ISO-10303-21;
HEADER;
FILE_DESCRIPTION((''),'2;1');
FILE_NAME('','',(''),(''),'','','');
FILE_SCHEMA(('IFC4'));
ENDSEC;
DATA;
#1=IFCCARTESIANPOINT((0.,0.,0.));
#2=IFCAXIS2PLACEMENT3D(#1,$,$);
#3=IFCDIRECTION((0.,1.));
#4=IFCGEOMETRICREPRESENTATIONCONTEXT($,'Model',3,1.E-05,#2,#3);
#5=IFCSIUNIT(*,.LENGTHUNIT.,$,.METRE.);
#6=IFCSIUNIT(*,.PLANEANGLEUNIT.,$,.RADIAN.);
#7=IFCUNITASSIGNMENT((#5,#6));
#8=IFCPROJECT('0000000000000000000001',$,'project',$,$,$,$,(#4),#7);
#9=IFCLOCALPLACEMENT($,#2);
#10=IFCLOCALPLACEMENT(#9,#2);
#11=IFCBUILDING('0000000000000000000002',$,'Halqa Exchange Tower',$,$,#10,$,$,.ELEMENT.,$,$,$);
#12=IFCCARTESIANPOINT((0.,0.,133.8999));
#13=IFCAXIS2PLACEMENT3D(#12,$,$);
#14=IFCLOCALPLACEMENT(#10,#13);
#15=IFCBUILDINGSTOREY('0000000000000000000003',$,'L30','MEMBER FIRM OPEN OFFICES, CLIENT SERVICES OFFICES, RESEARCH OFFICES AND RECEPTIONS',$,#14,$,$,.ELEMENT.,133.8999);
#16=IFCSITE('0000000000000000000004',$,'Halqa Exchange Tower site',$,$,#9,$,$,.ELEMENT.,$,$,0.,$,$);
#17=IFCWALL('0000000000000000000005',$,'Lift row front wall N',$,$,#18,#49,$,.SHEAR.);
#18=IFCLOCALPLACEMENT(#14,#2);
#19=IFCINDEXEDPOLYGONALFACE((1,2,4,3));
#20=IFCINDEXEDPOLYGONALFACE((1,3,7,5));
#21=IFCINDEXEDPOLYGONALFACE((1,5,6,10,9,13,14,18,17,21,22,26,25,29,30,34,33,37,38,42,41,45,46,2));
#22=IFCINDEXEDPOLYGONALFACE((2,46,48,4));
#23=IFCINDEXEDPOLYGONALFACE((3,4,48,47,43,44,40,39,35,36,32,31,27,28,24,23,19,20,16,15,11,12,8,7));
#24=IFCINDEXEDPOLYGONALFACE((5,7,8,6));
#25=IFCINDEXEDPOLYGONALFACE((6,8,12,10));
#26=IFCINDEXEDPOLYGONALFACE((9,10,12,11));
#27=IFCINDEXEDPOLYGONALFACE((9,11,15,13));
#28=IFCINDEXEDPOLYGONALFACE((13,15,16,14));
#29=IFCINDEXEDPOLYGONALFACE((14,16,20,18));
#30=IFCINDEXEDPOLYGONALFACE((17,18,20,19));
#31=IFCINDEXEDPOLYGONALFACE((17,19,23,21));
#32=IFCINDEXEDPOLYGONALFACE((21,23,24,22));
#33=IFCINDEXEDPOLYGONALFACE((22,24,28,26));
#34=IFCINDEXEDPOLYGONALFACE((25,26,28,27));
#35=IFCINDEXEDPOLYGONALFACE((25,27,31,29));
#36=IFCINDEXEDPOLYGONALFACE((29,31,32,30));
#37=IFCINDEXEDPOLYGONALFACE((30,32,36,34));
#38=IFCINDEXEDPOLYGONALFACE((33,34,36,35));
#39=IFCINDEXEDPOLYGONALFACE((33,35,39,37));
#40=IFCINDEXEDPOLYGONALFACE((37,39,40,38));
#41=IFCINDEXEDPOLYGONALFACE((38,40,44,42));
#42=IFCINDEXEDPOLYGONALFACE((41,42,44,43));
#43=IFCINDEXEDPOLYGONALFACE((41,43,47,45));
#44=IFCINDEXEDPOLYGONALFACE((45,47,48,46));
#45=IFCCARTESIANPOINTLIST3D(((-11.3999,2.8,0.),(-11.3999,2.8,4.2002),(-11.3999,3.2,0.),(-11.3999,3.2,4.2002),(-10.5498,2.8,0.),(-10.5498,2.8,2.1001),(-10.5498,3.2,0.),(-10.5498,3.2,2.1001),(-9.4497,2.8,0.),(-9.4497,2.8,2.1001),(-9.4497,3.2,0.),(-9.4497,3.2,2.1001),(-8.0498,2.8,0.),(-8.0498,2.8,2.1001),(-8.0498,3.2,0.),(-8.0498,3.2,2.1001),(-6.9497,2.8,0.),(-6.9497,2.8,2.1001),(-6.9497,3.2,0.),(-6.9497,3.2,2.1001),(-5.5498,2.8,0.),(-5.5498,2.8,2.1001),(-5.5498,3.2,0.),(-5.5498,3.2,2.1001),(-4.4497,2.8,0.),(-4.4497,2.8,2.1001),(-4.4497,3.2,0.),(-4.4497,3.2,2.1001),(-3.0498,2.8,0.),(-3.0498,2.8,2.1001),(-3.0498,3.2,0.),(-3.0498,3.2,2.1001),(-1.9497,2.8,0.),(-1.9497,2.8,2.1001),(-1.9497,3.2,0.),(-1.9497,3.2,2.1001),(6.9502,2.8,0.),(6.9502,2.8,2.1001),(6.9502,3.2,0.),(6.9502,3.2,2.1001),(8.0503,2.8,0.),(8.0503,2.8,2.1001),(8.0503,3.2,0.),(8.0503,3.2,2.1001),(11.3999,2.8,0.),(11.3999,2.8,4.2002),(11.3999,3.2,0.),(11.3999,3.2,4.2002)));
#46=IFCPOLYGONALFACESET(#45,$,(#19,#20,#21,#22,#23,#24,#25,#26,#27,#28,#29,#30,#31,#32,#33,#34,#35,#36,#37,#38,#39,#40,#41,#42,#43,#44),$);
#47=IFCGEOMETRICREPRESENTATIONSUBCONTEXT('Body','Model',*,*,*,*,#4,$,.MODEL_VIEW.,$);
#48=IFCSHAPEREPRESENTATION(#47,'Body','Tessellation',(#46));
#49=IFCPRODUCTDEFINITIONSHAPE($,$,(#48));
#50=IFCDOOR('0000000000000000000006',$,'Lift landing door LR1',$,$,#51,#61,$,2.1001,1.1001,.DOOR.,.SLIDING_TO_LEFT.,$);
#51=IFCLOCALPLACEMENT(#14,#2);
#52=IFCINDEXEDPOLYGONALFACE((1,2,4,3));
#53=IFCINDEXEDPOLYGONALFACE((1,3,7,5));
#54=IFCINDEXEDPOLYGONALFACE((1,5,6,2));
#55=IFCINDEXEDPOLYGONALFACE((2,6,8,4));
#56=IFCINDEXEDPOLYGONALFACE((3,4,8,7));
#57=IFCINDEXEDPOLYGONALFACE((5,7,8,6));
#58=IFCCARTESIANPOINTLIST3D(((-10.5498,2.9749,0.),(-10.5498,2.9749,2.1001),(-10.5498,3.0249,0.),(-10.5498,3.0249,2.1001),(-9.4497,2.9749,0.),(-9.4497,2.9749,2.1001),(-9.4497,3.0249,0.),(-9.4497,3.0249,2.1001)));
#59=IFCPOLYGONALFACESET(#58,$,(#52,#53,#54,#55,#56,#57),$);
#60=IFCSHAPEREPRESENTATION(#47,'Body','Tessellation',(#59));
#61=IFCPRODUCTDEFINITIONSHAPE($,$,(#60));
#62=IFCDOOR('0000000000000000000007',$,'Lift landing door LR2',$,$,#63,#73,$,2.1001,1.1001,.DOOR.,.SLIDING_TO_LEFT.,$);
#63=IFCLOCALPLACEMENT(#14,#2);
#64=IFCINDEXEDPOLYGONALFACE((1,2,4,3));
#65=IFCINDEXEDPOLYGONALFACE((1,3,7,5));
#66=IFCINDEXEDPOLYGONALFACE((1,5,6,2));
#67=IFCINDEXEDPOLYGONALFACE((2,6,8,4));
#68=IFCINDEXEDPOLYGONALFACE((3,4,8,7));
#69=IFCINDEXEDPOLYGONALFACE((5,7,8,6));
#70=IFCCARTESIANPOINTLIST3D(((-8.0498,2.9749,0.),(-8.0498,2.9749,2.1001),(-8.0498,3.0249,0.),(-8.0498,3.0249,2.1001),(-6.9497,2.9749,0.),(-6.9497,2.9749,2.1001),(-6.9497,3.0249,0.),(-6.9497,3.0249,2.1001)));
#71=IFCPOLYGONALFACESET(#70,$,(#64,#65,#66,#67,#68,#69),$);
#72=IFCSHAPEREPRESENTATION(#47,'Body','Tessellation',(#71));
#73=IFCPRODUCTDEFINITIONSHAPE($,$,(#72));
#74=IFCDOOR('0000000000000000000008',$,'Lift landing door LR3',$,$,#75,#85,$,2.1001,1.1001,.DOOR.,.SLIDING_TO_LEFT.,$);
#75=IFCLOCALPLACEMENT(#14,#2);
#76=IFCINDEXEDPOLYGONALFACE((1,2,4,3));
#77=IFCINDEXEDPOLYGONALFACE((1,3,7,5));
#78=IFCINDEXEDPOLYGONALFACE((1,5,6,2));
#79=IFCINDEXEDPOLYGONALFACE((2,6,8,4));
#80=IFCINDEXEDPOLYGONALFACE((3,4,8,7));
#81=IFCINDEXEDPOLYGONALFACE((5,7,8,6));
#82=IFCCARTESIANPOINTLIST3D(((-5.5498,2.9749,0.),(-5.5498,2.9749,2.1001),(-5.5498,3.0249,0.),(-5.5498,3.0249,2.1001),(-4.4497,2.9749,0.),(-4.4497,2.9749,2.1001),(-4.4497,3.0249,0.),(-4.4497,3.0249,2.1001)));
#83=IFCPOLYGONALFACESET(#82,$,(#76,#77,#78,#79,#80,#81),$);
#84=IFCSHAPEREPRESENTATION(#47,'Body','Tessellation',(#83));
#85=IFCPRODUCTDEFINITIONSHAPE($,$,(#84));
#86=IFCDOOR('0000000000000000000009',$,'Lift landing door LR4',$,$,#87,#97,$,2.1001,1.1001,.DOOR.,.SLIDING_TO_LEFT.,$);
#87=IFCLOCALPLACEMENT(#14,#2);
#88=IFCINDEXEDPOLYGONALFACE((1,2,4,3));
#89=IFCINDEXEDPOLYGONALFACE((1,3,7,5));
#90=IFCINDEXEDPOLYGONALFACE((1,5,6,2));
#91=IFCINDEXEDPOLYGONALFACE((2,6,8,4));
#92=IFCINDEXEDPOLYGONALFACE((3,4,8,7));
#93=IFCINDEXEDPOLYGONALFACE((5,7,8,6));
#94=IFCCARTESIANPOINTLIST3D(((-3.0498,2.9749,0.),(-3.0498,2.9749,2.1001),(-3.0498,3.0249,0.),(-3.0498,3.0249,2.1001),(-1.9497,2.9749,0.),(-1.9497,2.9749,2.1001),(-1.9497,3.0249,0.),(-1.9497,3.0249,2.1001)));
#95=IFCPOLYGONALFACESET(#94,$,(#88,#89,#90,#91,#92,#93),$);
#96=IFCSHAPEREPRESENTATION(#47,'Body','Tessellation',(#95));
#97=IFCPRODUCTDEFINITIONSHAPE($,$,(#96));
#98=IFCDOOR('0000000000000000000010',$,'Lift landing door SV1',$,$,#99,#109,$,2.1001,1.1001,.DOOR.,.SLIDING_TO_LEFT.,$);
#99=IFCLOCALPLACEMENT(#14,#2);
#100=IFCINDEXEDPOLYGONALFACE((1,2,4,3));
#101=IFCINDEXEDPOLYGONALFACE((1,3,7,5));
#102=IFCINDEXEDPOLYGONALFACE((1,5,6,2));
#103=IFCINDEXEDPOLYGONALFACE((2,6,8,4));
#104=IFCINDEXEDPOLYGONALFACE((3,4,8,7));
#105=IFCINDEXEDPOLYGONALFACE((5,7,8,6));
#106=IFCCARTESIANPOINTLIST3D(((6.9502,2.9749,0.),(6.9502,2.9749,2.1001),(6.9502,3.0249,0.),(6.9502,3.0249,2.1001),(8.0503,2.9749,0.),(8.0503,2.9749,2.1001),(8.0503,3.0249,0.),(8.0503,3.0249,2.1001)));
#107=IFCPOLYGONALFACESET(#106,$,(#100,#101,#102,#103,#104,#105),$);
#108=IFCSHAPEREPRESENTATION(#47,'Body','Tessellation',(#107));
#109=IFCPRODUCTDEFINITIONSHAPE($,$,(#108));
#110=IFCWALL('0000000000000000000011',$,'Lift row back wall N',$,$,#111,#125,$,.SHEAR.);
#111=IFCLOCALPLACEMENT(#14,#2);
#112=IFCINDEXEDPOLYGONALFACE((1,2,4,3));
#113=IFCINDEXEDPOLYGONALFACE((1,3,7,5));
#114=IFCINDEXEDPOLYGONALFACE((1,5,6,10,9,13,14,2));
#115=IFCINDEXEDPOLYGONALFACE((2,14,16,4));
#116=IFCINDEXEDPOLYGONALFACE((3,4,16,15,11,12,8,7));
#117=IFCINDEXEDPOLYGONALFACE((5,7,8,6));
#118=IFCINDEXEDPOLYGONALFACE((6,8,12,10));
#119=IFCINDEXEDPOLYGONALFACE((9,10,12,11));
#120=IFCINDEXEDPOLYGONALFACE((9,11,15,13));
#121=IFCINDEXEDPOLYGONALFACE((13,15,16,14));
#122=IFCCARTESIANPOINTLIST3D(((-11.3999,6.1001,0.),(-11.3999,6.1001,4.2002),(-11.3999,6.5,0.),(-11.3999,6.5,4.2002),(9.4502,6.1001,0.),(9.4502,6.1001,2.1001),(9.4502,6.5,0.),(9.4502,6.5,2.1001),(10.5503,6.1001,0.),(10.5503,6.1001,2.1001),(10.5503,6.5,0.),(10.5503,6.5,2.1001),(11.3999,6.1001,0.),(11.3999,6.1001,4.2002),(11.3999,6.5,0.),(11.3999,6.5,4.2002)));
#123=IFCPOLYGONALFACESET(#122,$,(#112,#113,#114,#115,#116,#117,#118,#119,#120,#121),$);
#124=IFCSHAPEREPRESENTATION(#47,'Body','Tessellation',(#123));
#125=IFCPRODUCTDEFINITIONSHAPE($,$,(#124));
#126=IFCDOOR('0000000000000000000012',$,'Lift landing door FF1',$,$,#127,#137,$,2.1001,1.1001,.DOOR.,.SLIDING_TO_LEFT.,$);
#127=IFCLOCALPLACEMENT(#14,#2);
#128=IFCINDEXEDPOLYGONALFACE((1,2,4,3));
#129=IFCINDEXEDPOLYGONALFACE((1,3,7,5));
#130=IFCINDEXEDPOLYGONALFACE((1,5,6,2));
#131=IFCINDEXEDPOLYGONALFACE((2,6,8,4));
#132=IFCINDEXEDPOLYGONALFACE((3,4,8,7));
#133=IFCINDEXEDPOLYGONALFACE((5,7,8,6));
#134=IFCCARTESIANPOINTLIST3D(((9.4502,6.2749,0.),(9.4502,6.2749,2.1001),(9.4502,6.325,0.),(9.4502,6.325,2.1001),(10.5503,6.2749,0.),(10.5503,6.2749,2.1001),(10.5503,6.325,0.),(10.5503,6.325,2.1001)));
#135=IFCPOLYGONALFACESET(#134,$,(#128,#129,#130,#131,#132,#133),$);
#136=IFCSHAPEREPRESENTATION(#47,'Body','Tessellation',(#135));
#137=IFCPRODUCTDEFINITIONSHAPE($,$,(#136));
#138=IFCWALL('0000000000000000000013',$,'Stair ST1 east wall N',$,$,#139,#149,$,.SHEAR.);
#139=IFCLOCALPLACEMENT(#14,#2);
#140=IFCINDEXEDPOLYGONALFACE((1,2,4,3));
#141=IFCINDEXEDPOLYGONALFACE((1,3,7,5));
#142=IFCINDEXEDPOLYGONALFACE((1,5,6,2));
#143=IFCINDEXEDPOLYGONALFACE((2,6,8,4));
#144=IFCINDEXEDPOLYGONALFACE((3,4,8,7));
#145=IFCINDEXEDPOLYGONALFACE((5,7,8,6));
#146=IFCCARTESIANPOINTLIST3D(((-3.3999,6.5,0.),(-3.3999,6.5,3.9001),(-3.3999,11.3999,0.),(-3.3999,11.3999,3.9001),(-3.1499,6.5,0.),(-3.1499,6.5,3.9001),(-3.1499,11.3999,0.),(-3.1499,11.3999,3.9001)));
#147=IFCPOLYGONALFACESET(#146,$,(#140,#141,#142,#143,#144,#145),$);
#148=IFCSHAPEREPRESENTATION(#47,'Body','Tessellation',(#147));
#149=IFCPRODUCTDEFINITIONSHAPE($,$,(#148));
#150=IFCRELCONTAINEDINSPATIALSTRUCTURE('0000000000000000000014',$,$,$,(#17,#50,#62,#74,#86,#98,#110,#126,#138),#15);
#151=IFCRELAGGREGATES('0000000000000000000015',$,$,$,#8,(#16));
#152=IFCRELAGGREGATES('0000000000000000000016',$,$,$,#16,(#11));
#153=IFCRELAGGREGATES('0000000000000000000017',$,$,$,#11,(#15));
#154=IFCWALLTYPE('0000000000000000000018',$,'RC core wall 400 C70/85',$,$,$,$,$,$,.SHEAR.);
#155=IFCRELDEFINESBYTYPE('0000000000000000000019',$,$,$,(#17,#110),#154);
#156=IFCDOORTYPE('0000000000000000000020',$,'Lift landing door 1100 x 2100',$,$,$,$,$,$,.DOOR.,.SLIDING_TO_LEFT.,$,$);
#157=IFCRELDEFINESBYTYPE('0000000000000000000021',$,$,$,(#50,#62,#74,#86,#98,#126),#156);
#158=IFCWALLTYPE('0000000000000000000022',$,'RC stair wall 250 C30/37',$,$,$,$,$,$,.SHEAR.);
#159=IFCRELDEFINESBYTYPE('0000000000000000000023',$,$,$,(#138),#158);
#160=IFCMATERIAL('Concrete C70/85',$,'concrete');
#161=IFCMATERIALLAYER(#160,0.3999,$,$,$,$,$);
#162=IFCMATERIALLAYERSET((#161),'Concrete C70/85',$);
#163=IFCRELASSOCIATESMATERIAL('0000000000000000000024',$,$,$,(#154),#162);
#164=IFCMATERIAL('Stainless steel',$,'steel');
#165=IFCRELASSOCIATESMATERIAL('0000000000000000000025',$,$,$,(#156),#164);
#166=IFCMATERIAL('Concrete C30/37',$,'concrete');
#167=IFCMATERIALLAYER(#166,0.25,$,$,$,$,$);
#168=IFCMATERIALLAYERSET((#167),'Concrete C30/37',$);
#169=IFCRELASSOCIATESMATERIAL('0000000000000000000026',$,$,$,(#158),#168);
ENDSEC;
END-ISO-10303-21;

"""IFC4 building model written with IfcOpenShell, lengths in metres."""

from ifc_helpers import new_model, si_unit, direction, frame, frame_2d, origin, place, context, subcontext, project, spatial, rectangle, extrude, material, layer, layer_set, type_object, element, fill, save


model = new_model("IFC4")

# Units and contexts
model_context = context("Model", 3, precision=1e-05, world=origin(), true_north=direction((0.0, 1.0)))
body_context = subcontext(model_context, "Body", "Model", "MODEL_VIEW")
ifc_project = project(units=[si_unit("LENGTHUNIT", "METRE"), si_unit("PLANEANGLEUNIT", "RADIAN")], contexts=[model_context])

# Site, building, storey
site_placement = place(None, origin())
site = spatial("IfcSite", under=ifc_project, at=site_placement, Name="Halqa Exchange Tower site", CompositionType="ELEMENT", RefElevation=0.0)
building_placement = place(site_placement, origin())
building = spatial("IfcBuilding", under=site, at=building_placement, Name="Halqa Exchange Tower", CompositionType="ELEMENT")
storey_placement = place(building_placement, frame((0.0, 0.0, 133.8999)))
storey = spatial("IfcBuildingStorey", under=building, at=storey_placement, Name="L30", Description="MEMBER FIRM OPEN OFFICES, CLIENT SERVICES OFFICES, RESEARCH OFFICES AND RECEPTIONS", CompositionType="ELEMENT", Elevation=133.8999)

# Wall, openings, doors
ifc_material_1 = material(Name="Concrete C70/85", Category="concrete")
ifc_layer_1 = layer(ifc_material_1, 0.3999)
ifc_layer_set_1 = layer_set([ifc_layer_1], Name="Concrete C70/85")
wall_type_1 = type_object("IfcWallType", Name="RC core wall 400 C70/85", PredefinedType="SHEAR", material=ifc_layer_set_1)
wall_1_placement = place(storey_placement, frame((-11.3999, 3.0, 0.0), z_axis=(0.0, 0.0, 1.0), x_axis=(1.0, 0.0, 0.0)))
wall_1 = element("IfcWall", 1, at=wall_1_placement, inside=storey, type_object=wall_type_1, Name="Lift row front wall N", PredefinedType="SHEAR", context=body_context, shape_type="SweptSolid", body=[
    extrude(rectangle(XDim=22.7998, YDim=0.3999, at=frame_2d((11.3999, 0.0))), origin(), (0.0, 0.0, 1.0), 4.2002),
])
opening_1_placement = place(wall_1_placement, frame((0.8501, 0.0, 0.0)))
opening_1 = element("IfcOpeningElement", 2, at=opening_1_placement, cuts=wall_1, PredefinedType="OPENING", context=body_context, shape_type="SweptSolid", body=[
    extrude(rectangle(XDim=1.1001, YDim=2.1001, at=frame_2d((0.55, 1.05))), frame((0.0, 0.2119, 0.0), z_axis=(0.0, -1.0, 0.0), x_axis=(1.0, 0.0, 0.0)), (0.0, 0.0, 1.0), 0.4238),
])
opening_2_placement = place(wall_1_placement, frame((3.3501, 0.0, 0.0)))
opening_2 = element("IfcOpeningElement", 3, at=opening_2_placement, cuts=wall_1, PredefinedType="OPENING", context=body_context, shape_type="SweptSolid", body=[
    extrude(rectangle(XDim=1.1001, YDim=2.1001, at=frame_2d((0.55, 1.05))), frame((0.0, 0.2119, 0.0), z_axis=(0.0, -1.0, 0.0), x_axis=(1.0, 0.0, 0.0)), (0.0, 0.0, 1.0), 0.4238),
])
opening_3_placement = place(wall_1_placement, frame((5.8501, 0.0, 0.0)))
opening_3 = element("IfcOpeningElement", 4, at=opening_3_placement, cuts=wall_1, PredefinedType="OPENING", context=body_context, shape_type="SweptSolid", body=[
    extrude(rectangle(XDim=1.1001, YDim=2.1001, at=frame_2d((0.55, 1.05))), frame((0.0, 0.2119, 0.0), z_axis=(0.0, -1.0, 0.0), x_axis=(1.0, 0.0, 0.0)), (0.0, 0.0, 1.0), 0.4238),
])
opening_4_placement = place(wall_1_placement, frame((8.3501, 0.0, 0.0)))
opening_4 = element("IfcOpeningElement", 5, at=opening_4_placement, cuts=wall_1, PredefinedType="OPENING", context=body_context, shape_type="SweptSolid", body=[
    extrude(rectangle(XDim=1.1001, YDim=2.1001, at=frame_2d((0.55, 1.05))), frame((0.0, 0.2119, 0.0), z_axis=(0.0, -1.0, 0.0), x_axis=(1.0, 0.0, 0.0)), (0.0, 0.0, 1.0), 0.4238),
])
opening_5_placement = place(wall_1_placement, frame((18.3501, 0.0, 0.0)))
opening_5 = element("IfcOpeningElement", 6, at=opening_5_placement, cuts=wall_1, PredefinedType="OPENING", context=body_context, shape_type="SweptSolid", body=[
    extrude(rectangle(XDim=1.1001, YDim=2.1001, at=frame_2d((0.55, 1.05))), frame((0.0, 0.2119, 0.0), z_axis=(0.0, -1.0, 0.0), x_axis=(1.0, 0.0, 0.0)), (0.0, 0.0, 1.0), 0.4238),
])
ifc_material_2 = material(Name="Stainless steel", Category="steel")
door_type = type_object("IfcDoorType", Name="Lift landing door 1100 x 2100", OperationType="SLIDING_TO_LEFT", PredefinedType="DOOR", material=ifc_material_2)
door_1_placement = place(opening_1_placement, origin())
door_1 = element("IfcDoor", 7, at=door_1_placement, inside=storey, type_object=door_type, Name="Lift landing door LR1", OperationType="SLIDING_TO_LEFT", OverallHeight=2.1001, OverallWidth=1.1001, PredefinedType="DOOR", context=body_context, shape_type="SweptSolid", body=[
    extrude(rectangle(XDim=1.1001, YDim=2.1001, at=frame_2d((0.55, 1.05))), frame((0.0, 0.0249, 0.0), z_axis=(0.0, -1.0, 0.0), x_axis=(1.0, 0.0, 0.0)), (0.0, 0.0, 1.0), 0.05),
])
fill(opening_1, door_1)
door_2_placement = place(opening_2_placement, origin())
door_2 = element("IfcDoor", 8, at=door_2_placement, inside=storey, type_object=door_type, Name="Lift landing door LR2", OperationType="SLIDING_TO_LEFT", OverallHeight=2.1001, OverallWidth=1.1001, PredefinedType="DOOR", context=body_context, shape_type="SweptSolid", body=[
    extrude(rectangle(XDim=1.1001, YDim=2.1001, at=frame_2d((0.55, 1.05))), frame((0.0, 0.0249, 0.0), z_axis=(0.0, -1.0, 0.0), x_axis=(1.0, 0.0, 0.0)), (0.0, 0.0, 1.0), 0.05),
])
fill(opening_2, door_2)
door_3_placement = place(opening_3_placement, origin())
door_3 = element("IfcDoor", 9, at=door_3_placement, inside=storey, type_object=door_type, Name="Lift landing door LR3", OperationType="SLIDING_TO_LEFT", OverallHeight=2.1001, OverallWidth=1.1001, PredefinedType="DOOR", context=body_context, shape_type="SweptSolid", body=[
    extrude(rectangle(XDim=1.1001, YDim=2.1001, at=frame_2d((0.55, 1.05))), frame((0.0, 0.0249, 0.0), z_axis=(0.0, -1.0, 0.0), x_axis=(1.0, 0.0, 0.0)), (0.0, 0.0, 1.0), 0.05),
])
fill(opening_3, door_3)
door_4_placement = place(opening_4_placement, origin())
door_4 = element("IfcDoor", 10, at=door_4_placement, inside=storey, type_object=door_type, Name="Lift landing door LR4", OperationType="SLIDING_TO_LEFT", OverallHeight=2.1001, OverallWidth=1.1001, PredefinedType="DOOR", context=body_context, shape_type="SweptSolid", body=[
    extrude(rectangle(XDim=1.1001, YDim=2.1001, at=frame_2d((0.55, 1.05))), frame((0.0, 0.0249, 0.0), z_axis=(0.0, -1.0, 0.0), x_axis=(1.0, 0.0, 0.0)), (0.0, 0.0, 1.0), 0.05),
])
fill(opening_4, door_4)
door_5_placement = place(opening_5_placement, origin())
door_5 = element("IfcDoor", 11, at=door_5_placement, inside=storey, type_object=door_type, Name="Lift landing door SV1", OperationType="SLIDING_TO_LEFT", OverallHeight=2.1001, OverallWidth=1.1001, PredefinedType="DOOR", context=body_context, shape_type="SweptSolid", body=[
    extrude(rectangle(XDim=1.1001, YDim=2.1001, at=frame_2d((0.55, 1.05))), frame((0.0, 0.0249, 0.0), z_axis=(0.0, -1.0, 0.0), x_axis=(1.0, 0.0, 0.0)), (0.0, 0.0, 1.0), 0.05),
])
fill(opening_5, door_5)

# Wall, opening, door
wall_2_placement = place(storey_placement, frame((-11.3999, 6.3, 0.0), z_axis=(0.0, 0.0, 1.0), x_axis=(1.0, 0.0, 0.0)))
wall_2 = element("IfcWall", 12, at=wall_2_placement, inside=storey, type_object=wall_type_1, Name="Lift row back wall N", PredefinedType="SHEAR", context=body_context, shape_type="SweptSolid", body=[
    extrude(rectangle(XDim=22.7998, YDim=0.3999, at=frame_2d((11.3999, 0.0))), origin(), (0.0, 0.0, 1.0), 4.2002),
])
opening_6_placement = place(wall_2_placement, frame((20.8501, 0.0, 0.0)))
opening_6 = element("IfcOpeningElement", 13, at=opening_6_placement, cuts=wall_2, PredefinedType="OPENING", context=body_context, shape_type="SweptSolid", body=[
    extrude(rectangle(XDim=1.1001, YDim=2.1001, at=frame_2d((0.55, 1.05))), frame((0.0, 0.2119, 0.0), z_axis=(0.0, -1.0, 0.0), x_axis=(1.0, 0.0, 0.0)), (0.0, 0.0, 1.0), 0.4238),
])
door_6_placement = place(opening_6_placement, origin())
door_6 = element("IfcDoor", 14, at=door_6_placement, inside=storey, type_object=door_type, Name="Lift landing door FF1", OperationType="SLIDING_TO_LEFT", OverallHeight=2.1001, OverallWidth=1.1001, PredefinedType="DOOR", context=body_context, shape_type="SweptSolid", body=[
    extrude(rectangle(XDim=1.1001, YDim=2.1001, at=frame_2d((0.55, 1.05))), frame((0.0, 0.0249, 0.0), z_axis=(0.0, -1.0, 0.0), x_axis=(1.0, 0.0, 0.0)), (0.0, 0.0, 1.0), 0.05),
])
fill(opening_6, door_6)

# Wall
ifc_material_3 = material(Name="Concrete C30/37", Category="concrete")
ifc_layer_2 = layer(ifc_material_3, 0.25)
ifc_layer_set_2 = layer_set([ifc_layer_2], Name="Concrete C30/37")
wall_type_2 = type_object("IfcWallType", Name="RC stair wall 250 C30/37", PredefinedType="SHEAR", material=ifc_layer_set_2)
wall_3_placement = place(storey_placement, frame((-3.2749, 6.5, 0.0), z_axis=(0.0, 0.0, 1.0), x_axis=(0.0, 1.0, 0.0)))
element("IfcWall", 15, at=wall_3_placement, inside=storey, type_object=wall_type_2, Name="Stair ST1 east wall N", PredefinedType="SHEAR", context=body_context, shape_type="SweptSolid", body=[
    extrude(rectangle(XDim=4.8999, YDim=0.25, at=frame_2d((2.45, 0.0))), origin(), (0.0, 0.0, 1.0), 3.9001),
])

save(model, "model.ifc")
